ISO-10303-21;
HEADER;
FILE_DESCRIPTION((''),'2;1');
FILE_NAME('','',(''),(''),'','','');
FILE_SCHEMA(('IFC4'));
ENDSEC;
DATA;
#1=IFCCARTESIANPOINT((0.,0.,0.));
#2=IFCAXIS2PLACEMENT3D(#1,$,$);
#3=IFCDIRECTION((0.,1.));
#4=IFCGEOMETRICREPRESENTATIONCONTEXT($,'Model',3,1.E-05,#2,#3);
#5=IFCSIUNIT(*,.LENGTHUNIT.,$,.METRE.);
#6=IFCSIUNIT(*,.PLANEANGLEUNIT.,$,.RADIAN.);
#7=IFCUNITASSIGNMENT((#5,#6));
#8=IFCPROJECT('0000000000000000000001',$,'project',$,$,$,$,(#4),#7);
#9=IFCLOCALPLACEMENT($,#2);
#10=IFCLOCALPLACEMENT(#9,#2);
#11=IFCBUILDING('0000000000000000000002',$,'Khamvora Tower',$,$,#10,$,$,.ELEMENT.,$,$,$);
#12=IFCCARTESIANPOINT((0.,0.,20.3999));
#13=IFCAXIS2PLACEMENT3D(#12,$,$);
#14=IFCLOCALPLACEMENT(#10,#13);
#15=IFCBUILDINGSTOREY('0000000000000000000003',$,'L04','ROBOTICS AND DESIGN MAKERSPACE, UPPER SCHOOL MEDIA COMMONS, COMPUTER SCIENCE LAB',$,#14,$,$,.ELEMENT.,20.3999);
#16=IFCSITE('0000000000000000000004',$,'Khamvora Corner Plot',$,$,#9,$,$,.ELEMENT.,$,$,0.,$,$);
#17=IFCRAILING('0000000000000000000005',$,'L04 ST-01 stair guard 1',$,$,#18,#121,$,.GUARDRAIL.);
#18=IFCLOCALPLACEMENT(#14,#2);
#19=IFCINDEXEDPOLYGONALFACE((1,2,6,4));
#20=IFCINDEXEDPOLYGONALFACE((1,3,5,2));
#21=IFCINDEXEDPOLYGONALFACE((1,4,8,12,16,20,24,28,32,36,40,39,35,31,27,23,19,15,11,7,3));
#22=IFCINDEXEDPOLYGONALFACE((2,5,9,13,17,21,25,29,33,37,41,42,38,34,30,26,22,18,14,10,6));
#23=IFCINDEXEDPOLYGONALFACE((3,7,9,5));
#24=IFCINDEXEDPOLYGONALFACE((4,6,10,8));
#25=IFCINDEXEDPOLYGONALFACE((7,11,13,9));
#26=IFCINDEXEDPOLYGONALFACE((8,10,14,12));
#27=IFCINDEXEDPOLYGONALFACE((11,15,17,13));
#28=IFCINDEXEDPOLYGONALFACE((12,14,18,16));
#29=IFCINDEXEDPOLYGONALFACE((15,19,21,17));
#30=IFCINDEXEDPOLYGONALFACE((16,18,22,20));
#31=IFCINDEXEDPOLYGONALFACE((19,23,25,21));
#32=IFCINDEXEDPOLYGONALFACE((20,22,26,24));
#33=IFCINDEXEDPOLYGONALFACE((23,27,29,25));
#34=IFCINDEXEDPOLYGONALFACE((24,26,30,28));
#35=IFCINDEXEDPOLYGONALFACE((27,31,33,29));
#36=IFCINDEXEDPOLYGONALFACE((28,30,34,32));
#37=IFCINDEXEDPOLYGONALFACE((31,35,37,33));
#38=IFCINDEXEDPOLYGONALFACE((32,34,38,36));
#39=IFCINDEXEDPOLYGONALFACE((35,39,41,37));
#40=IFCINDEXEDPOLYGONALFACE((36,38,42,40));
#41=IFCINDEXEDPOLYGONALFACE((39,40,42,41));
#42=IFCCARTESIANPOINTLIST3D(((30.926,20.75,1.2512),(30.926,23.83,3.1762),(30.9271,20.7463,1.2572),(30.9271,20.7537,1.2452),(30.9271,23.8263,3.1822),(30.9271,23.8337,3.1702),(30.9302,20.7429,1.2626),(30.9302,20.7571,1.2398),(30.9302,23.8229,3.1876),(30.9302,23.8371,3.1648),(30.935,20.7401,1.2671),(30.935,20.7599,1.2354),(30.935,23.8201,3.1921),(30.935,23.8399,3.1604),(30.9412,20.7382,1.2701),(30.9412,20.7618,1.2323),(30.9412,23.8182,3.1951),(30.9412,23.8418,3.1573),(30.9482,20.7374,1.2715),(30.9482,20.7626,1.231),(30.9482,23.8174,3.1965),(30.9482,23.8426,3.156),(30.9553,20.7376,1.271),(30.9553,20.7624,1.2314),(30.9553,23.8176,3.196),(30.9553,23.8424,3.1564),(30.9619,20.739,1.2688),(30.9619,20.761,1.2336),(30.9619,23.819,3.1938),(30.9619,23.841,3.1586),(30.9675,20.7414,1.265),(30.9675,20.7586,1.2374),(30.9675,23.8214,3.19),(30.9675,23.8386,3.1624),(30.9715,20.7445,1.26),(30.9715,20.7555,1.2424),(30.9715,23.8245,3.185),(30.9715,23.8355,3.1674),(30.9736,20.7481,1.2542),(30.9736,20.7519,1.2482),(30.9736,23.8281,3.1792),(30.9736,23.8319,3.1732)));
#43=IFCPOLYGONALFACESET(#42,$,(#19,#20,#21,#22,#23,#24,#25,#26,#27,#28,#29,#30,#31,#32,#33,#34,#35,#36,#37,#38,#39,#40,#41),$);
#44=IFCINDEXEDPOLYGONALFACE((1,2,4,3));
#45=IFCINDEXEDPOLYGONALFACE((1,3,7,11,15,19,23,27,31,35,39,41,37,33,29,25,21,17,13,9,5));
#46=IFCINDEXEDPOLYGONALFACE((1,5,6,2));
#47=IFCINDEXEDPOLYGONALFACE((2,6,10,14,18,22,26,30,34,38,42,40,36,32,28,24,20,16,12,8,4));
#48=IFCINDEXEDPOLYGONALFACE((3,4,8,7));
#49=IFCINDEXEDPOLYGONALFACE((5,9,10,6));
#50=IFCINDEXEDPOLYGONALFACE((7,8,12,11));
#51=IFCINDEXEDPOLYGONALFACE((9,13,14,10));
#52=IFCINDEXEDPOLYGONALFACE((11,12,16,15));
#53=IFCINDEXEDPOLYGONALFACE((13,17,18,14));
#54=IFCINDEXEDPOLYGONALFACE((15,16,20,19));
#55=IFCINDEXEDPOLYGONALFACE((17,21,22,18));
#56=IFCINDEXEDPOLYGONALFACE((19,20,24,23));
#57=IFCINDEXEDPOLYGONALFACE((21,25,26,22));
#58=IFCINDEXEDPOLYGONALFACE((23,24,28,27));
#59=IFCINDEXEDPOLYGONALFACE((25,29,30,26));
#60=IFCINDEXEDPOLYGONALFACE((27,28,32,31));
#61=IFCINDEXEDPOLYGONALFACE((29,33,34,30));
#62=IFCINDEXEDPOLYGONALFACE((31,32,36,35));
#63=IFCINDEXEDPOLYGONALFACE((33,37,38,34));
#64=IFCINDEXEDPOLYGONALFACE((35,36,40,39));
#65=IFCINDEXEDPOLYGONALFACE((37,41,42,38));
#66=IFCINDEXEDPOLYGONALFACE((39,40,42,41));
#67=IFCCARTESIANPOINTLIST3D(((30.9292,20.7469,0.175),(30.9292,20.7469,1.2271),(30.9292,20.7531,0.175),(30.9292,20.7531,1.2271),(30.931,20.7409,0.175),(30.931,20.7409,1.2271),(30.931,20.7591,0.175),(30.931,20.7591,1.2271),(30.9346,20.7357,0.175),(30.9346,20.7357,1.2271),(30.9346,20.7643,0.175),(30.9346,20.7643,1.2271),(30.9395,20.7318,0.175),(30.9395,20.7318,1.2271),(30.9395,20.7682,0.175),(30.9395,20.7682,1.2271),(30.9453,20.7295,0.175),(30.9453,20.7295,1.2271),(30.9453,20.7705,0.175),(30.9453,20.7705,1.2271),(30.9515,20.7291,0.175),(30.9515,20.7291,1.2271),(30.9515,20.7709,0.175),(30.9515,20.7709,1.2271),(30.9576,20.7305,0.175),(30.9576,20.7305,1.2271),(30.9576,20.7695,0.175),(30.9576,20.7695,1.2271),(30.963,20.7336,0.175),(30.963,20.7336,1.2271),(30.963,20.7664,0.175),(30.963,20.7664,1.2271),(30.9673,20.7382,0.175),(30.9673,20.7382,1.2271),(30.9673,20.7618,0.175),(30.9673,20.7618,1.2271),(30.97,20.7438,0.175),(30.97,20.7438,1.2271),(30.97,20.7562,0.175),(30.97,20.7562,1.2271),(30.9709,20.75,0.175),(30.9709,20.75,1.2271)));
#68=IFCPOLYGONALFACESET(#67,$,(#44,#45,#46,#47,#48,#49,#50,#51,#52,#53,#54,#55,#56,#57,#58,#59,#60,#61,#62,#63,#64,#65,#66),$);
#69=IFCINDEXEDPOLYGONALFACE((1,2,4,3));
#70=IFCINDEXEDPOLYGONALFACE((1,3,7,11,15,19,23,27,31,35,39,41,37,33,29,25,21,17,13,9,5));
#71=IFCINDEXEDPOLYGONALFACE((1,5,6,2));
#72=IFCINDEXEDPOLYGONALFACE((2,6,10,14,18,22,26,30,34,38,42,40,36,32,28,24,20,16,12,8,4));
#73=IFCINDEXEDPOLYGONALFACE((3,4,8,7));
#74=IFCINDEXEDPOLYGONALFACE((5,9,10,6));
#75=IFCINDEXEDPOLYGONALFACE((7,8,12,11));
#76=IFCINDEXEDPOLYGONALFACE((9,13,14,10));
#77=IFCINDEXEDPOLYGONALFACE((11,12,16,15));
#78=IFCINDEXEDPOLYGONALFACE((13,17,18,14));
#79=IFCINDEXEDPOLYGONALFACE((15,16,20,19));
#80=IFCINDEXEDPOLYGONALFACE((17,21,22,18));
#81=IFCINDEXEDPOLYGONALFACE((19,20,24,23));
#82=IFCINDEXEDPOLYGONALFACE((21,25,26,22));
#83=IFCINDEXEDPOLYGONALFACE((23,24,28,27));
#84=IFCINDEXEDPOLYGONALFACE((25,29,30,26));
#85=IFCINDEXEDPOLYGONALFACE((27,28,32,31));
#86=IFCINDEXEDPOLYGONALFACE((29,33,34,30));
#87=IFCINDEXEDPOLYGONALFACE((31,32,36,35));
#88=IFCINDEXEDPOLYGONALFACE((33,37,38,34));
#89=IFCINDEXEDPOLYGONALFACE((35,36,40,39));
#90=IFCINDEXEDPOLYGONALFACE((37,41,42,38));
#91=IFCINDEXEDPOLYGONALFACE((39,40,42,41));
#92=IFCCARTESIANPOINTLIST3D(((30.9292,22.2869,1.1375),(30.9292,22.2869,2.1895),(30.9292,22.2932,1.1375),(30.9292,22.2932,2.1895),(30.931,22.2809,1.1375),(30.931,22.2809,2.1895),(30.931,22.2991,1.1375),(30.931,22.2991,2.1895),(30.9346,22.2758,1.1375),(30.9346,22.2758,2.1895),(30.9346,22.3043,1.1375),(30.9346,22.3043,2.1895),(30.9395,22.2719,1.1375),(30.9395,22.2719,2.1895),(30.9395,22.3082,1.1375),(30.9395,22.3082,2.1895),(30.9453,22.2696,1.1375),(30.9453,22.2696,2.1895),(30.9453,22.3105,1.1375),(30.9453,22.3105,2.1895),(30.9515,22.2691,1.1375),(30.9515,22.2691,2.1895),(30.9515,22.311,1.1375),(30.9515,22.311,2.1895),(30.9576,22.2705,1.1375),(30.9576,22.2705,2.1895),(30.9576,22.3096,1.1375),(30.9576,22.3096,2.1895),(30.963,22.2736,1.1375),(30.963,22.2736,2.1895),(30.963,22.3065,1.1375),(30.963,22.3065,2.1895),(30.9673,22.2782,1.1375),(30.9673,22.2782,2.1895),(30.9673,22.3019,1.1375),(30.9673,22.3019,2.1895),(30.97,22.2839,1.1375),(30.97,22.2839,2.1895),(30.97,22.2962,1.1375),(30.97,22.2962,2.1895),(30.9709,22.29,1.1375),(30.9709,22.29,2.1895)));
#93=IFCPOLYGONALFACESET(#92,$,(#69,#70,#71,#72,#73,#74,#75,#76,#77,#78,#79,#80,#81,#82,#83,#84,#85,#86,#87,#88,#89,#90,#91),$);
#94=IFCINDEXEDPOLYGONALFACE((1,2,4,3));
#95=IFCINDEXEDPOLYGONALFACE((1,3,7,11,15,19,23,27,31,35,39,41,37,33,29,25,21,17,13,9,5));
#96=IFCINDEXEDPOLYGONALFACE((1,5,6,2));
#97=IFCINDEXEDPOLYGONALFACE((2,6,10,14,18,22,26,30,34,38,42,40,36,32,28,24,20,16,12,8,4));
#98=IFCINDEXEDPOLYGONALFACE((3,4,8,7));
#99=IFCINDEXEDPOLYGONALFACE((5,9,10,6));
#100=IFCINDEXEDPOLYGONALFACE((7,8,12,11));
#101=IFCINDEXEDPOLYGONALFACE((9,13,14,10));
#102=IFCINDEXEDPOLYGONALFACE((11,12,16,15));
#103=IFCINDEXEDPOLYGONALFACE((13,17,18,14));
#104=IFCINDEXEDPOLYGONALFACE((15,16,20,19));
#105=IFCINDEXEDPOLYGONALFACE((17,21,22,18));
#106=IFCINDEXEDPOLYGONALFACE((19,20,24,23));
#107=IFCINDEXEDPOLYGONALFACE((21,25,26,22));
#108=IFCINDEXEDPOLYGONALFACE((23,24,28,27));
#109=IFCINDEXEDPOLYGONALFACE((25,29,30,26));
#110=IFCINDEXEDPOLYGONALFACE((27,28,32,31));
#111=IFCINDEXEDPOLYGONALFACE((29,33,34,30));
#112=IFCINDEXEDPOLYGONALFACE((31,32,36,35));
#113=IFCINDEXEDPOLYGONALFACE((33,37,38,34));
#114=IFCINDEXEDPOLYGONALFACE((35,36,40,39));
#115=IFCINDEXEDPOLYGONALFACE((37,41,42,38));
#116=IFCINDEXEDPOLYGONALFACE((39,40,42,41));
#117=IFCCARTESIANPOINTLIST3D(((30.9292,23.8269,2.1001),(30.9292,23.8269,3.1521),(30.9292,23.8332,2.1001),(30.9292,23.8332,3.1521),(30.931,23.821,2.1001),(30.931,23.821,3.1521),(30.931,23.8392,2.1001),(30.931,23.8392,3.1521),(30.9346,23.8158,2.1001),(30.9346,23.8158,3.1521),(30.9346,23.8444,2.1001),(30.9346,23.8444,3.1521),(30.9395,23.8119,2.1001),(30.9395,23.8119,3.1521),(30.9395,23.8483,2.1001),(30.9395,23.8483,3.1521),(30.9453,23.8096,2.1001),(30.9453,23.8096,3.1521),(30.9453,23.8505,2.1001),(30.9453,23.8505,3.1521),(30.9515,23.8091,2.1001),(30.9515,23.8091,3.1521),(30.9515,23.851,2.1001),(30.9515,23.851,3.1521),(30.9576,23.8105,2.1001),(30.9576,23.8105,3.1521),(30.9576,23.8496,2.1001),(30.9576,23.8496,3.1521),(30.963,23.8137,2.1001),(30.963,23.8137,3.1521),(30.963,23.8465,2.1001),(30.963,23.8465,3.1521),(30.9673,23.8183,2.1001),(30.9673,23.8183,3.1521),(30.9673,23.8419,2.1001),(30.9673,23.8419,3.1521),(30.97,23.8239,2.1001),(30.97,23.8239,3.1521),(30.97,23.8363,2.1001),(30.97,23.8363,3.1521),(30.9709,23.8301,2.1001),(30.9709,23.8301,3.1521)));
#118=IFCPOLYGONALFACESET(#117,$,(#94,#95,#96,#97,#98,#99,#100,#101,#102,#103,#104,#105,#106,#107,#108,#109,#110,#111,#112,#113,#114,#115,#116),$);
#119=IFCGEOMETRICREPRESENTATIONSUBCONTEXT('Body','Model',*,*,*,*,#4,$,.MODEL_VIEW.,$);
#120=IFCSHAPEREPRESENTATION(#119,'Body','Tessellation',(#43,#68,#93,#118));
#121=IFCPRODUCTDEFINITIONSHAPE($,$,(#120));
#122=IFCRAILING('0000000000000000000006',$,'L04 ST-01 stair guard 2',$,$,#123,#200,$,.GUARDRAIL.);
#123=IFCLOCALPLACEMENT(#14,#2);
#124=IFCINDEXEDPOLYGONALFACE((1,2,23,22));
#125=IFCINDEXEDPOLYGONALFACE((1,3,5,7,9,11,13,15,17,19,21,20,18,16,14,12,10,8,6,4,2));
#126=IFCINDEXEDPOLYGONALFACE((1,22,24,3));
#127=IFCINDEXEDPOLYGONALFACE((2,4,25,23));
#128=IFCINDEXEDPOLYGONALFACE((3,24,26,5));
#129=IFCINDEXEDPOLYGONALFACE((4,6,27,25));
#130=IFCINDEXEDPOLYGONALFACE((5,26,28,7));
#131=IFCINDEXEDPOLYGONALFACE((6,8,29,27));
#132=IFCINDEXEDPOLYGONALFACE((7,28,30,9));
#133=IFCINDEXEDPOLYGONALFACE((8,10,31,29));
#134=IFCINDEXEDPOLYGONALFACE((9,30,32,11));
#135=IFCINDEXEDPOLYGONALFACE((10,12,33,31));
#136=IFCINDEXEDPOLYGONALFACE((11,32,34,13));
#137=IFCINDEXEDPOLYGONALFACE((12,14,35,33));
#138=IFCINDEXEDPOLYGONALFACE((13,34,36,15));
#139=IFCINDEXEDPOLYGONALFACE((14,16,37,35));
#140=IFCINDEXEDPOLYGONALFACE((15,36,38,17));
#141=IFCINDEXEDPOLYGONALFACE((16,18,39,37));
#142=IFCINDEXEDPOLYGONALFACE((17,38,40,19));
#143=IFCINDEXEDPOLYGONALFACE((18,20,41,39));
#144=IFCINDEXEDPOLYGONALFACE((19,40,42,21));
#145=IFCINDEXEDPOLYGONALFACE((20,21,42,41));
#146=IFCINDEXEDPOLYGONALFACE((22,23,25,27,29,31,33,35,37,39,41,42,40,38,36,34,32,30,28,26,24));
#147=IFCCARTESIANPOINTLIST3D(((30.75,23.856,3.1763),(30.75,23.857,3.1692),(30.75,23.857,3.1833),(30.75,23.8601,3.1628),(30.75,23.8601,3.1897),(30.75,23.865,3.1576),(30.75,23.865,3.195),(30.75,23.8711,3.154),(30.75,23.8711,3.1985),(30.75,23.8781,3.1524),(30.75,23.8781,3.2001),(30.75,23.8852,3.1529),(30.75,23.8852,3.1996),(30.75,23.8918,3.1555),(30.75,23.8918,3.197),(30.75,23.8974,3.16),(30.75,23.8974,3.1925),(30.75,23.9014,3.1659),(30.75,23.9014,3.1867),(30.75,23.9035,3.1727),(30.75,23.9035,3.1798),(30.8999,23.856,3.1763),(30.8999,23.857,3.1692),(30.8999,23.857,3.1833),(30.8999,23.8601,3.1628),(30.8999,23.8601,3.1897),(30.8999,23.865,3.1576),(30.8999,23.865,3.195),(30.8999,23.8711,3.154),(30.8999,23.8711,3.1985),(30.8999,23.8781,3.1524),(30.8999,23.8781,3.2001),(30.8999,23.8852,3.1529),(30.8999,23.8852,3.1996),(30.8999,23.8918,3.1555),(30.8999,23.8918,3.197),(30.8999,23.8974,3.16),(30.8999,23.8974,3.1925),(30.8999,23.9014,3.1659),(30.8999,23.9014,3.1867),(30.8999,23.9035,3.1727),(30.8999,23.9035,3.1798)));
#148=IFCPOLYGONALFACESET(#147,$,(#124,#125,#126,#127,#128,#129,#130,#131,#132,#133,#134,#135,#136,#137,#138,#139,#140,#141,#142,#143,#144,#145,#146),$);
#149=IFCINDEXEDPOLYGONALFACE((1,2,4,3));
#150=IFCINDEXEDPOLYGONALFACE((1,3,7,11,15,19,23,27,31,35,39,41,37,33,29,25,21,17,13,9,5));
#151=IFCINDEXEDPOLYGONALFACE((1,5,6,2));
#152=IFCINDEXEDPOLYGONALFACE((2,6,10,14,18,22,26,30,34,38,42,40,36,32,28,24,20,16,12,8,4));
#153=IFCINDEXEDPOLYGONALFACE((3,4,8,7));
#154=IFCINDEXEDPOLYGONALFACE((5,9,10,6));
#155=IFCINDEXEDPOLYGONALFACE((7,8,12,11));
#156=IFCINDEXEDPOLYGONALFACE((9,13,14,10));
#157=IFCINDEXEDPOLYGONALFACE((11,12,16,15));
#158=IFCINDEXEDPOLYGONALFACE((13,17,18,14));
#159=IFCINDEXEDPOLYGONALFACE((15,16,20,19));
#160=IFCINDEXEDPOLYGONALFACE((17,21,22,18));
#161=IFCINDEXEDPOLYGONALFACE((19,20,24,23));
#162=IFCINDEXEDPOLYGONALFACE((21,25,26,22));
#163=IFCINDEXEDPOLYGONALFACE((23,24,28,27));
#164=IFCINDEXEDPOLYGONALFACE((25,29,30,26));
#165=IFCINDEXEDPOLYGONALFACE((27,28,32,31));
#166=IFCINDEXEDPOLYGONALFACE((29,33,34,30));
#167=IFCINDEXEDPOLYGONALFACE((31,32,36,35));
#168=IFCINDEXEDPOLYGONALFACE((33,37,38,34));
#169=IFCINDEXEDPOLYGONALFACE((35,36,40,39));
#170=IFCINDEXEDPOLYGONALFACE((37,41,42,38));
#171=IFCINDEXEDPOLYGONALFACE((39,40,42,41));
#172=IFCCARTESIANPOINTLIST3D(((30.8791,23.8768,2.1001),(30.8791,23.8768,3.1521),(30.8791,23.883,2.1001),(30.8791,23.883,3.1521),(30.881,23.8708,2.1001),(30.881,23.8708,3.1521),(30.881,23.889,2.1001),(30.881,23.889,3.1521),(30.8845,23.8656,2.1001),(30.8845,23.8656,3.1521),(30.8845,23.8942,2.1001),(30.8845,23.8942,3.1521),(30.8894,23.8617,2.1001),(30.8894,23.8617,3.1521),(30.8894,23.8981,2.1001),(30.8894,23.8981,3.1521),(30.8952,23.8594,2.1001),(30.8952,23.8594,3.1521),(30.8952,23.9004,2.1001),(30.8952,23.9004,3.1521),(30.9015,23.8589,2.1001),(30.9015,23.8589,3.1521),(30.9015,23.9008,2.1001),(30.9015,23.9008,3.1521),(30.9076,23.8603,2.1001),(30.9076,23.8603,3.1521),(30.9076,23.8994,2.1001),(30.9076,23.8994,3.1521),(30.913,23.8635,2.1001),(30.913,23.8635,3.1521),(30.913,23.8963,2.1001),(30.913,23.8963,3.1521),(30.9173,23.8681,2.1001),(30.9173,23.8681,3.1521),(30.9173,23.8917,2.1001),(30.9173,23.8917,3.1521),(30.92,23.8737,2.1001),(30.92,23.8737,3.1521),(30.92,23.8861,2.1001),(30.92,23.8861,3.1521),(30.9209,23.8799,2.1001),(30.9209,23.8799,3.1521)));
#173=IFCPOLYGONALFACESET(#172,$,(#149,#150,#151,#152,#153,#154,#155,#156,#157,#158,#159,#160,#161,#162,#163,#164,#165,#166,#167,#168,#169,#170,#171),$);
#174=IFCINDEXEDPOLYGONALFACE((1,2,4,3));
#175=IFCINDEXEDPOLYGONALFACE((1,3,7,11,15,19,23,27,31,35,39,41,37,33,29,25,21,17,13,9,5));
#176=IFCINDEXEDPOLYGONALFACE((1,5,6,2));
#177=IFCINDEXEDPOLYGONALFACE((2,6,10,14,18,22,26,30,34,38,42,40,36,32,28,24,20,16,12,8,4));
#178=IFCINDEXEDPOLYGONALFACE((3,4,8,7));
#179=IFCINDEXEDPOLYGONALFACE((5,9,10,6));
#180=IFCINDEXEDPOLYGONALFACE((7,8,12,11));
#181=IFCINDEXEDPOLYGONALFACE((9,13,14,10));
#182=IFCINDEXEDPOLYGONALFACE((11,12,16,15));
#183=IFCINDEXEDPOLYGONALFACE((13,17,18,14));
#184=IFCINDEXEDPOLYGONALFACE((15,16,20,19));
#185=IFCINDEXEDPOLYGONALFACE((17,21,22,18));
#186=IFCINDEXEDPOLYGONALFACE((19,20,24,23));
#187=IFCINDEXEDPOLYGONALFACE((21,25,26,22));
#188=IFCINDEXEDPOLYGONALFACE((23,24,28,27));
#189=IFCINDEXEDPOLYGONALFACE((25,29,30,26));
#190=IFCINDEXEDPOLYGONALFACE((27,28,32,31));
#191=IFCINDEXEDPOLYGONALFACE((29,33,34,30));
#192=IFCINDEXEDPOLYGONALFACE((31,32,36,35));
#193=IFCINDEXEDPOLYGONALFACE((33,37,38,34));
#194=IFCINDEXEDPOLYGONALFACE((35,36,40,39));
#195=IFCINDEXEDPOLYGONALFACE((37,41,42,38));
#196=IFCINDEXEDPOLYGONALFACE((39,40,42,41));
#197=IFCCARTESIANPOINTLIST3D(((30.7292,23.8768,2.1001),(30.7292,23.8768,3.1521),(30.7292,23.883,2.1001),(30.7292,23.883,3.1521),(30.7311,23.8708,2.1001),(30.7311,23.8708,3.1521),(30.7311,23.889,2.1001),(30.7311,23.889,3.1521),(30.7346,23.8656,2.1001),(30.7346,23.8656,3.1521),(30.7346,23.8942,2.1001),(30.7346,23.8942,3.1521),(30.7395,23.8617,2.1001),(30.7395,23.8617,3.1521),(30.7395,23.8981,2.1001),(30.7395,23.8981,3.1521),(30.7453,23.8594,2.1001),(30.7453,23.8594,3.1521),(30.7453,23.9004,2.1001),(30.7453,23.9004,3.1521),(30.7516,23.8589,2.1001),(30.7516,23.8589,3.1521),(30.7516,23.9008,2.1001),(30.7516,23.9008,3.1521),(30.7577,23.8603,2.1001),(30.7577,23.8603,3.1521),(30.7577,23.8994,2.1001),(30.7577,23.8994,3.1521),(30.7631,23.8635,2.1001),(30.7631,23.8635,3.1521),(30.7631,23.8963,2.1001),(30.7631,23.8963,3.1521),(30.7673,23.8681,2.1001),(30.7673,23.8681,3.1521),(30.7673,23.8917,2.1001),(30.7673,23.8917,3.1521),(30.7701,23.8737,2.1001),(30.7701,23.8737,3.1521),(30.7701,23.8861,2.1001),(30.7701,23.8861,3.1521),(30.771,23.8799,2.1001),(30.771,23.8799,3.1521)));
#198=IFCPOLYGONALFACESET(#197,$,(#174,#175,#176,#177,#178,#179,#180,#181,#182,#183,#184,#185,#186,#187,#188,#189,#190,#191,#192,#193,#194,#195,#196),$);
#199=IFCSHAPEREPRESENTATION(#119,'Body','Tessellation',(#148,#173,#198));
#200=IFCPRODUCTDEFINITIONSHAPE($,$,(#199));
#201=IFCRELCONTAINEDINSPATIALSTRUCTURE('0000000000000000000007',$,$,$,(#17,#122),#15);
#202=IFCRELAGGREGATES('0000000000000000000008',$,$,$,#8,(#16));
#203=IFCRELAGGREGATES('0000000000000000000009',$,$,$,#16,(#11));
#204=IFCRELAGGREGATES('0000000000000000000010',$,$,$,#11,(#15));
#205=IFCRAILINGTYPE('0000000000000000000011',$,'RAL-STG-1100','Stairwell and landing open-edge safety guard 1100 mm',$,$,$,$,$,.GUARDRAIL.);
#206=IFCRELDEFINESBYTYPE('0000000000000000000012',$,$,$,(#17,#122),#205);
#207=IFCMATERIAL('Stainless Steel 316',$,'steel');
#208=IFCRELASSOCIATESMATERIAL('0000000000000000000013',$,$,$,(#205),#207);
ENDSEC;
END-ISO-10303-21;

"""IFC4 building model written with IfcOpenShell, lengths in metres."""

from ifc_helpers import new_model, si_unit, direction, frame, origin, origin_2d, place, context, subcontext, project, spatial, circle, extrude, material, type_object, element, save


model = new_model("IFC4")

# Units and contexts
model_context = context("Model", 3, precision=1e-05, world=origin(), true_north=direction((0.0, 1.0)))
body_context = subcontext(model_context, "Body", "Model", "MODEL_VIEW")
ifc_project = project(units=[si_unit("LENGTHUNIT", "METRE"), si_unit("PLANEANGLEUNIT", "RADIAN")], contexts=[model_context])

# Site, building, storey
site_placement = place(None, origin())
site = spatial("IfcSite", under=ifc_project, at=site_placement, Name="Khamvora Corner Plot", CompositionType="ELEMENT", RefElevation=0.0)
building_placement = place(site_placement, origin())
building = spatial("IfcBuilding", under=site, at=building_placement, Name="Khamvora Tower", CompositionType="ELEMENT")
storey_placement = place(building_placement, frame((0.0, 0.0, 20.3999)))
storey = spatial("IfcBuildingStorey", under=building, at=storey_placement, Name="L04", Description="ROBOTICS AND DESIGN MAKERSPACE, UPPER SCHOOL MEDIA COMMONS, COMPUTER SCIENCE LAB", CompositionType="ELEMENT", Elevation=20.3999)

# Railings
ifc_material_1 = material(Name="Stainless Steel 316", Category="steel")
railing_type_1 = type_object("IfcRailingType", Name="RAL-STG-1100", Description="Stairwell and landing open-edge safety guard 1100 mm", PredefinedType="GUARDRAIL", material=ifc_material_1)
railing_1_placement = place(storey_placement, frame((30.95, 20.75, 0.175)))
element("IfcRailing", 1, at=railing_1_placement, inside=storey, type_object=railing_type_1, Name="L04 ST-01 stair guard 1", PredefinedType="GUARDRAIL", context=body_context, shape_type="SweptSolid", body=[
    extrude(circle(Radius=0.0239, at=origin_2d()), frame((0.0, 0.0, 1.0762), z_axis=(0.0, 0.847998, 0.529999), x_axis=(-1.0, 0.0, 0.0)), (0.0, 0.0, 1.0), 3.6321),
    extrude(circle(Radius=0.021, at=origin_2d()), origin(), (0.0, 0.0, 1.0), 1.052),
    extrude(circle(Radius=0.021, at=origin_2d()), frame((0.0, 1.54, 0.9624)), (0.0, 0.0, 1.0), 1.052),
    extrude(circle(Radius=0.021, at=origin_2d()), frame((0.0, 3.0801, 1.925)), (0.0, 0.0, 1.0), 1.052),
])
railing_2_placement = place(storey_placement, frame((30.8999, 23.8799, 2.1001)))
element("IfcRailing", 2, at=railing_2_placement, inside=storey, type_object=railing_type_1, Name="L04 ST-01 stair guard 2", PredefinedType="GUARDRAIL", context=body_context, shape_type="SweptSolid", body=[
    extrude(circle(Radius=0.0239, at=origin_2d()), frame((0.0, 0.0, 1.0762), z_axis=(-1.0, 0.0, 0.0), x_axis=(0.0, -1.0, 0.0)), (0.0, 0.0, 1.0), 0.1499),
    extrude(circle(Radius=0.021, at=origin_2d()), origin(), (0.0, 0.0, 1.0), 1.052),
    extrude(circle(Radius=0.021, at=origin_2d()), frame((-0.1499, 0.0, 0.0)), (0.0, 0.0, 1.0), 1.052),
])

save(model, "model.ifc")
